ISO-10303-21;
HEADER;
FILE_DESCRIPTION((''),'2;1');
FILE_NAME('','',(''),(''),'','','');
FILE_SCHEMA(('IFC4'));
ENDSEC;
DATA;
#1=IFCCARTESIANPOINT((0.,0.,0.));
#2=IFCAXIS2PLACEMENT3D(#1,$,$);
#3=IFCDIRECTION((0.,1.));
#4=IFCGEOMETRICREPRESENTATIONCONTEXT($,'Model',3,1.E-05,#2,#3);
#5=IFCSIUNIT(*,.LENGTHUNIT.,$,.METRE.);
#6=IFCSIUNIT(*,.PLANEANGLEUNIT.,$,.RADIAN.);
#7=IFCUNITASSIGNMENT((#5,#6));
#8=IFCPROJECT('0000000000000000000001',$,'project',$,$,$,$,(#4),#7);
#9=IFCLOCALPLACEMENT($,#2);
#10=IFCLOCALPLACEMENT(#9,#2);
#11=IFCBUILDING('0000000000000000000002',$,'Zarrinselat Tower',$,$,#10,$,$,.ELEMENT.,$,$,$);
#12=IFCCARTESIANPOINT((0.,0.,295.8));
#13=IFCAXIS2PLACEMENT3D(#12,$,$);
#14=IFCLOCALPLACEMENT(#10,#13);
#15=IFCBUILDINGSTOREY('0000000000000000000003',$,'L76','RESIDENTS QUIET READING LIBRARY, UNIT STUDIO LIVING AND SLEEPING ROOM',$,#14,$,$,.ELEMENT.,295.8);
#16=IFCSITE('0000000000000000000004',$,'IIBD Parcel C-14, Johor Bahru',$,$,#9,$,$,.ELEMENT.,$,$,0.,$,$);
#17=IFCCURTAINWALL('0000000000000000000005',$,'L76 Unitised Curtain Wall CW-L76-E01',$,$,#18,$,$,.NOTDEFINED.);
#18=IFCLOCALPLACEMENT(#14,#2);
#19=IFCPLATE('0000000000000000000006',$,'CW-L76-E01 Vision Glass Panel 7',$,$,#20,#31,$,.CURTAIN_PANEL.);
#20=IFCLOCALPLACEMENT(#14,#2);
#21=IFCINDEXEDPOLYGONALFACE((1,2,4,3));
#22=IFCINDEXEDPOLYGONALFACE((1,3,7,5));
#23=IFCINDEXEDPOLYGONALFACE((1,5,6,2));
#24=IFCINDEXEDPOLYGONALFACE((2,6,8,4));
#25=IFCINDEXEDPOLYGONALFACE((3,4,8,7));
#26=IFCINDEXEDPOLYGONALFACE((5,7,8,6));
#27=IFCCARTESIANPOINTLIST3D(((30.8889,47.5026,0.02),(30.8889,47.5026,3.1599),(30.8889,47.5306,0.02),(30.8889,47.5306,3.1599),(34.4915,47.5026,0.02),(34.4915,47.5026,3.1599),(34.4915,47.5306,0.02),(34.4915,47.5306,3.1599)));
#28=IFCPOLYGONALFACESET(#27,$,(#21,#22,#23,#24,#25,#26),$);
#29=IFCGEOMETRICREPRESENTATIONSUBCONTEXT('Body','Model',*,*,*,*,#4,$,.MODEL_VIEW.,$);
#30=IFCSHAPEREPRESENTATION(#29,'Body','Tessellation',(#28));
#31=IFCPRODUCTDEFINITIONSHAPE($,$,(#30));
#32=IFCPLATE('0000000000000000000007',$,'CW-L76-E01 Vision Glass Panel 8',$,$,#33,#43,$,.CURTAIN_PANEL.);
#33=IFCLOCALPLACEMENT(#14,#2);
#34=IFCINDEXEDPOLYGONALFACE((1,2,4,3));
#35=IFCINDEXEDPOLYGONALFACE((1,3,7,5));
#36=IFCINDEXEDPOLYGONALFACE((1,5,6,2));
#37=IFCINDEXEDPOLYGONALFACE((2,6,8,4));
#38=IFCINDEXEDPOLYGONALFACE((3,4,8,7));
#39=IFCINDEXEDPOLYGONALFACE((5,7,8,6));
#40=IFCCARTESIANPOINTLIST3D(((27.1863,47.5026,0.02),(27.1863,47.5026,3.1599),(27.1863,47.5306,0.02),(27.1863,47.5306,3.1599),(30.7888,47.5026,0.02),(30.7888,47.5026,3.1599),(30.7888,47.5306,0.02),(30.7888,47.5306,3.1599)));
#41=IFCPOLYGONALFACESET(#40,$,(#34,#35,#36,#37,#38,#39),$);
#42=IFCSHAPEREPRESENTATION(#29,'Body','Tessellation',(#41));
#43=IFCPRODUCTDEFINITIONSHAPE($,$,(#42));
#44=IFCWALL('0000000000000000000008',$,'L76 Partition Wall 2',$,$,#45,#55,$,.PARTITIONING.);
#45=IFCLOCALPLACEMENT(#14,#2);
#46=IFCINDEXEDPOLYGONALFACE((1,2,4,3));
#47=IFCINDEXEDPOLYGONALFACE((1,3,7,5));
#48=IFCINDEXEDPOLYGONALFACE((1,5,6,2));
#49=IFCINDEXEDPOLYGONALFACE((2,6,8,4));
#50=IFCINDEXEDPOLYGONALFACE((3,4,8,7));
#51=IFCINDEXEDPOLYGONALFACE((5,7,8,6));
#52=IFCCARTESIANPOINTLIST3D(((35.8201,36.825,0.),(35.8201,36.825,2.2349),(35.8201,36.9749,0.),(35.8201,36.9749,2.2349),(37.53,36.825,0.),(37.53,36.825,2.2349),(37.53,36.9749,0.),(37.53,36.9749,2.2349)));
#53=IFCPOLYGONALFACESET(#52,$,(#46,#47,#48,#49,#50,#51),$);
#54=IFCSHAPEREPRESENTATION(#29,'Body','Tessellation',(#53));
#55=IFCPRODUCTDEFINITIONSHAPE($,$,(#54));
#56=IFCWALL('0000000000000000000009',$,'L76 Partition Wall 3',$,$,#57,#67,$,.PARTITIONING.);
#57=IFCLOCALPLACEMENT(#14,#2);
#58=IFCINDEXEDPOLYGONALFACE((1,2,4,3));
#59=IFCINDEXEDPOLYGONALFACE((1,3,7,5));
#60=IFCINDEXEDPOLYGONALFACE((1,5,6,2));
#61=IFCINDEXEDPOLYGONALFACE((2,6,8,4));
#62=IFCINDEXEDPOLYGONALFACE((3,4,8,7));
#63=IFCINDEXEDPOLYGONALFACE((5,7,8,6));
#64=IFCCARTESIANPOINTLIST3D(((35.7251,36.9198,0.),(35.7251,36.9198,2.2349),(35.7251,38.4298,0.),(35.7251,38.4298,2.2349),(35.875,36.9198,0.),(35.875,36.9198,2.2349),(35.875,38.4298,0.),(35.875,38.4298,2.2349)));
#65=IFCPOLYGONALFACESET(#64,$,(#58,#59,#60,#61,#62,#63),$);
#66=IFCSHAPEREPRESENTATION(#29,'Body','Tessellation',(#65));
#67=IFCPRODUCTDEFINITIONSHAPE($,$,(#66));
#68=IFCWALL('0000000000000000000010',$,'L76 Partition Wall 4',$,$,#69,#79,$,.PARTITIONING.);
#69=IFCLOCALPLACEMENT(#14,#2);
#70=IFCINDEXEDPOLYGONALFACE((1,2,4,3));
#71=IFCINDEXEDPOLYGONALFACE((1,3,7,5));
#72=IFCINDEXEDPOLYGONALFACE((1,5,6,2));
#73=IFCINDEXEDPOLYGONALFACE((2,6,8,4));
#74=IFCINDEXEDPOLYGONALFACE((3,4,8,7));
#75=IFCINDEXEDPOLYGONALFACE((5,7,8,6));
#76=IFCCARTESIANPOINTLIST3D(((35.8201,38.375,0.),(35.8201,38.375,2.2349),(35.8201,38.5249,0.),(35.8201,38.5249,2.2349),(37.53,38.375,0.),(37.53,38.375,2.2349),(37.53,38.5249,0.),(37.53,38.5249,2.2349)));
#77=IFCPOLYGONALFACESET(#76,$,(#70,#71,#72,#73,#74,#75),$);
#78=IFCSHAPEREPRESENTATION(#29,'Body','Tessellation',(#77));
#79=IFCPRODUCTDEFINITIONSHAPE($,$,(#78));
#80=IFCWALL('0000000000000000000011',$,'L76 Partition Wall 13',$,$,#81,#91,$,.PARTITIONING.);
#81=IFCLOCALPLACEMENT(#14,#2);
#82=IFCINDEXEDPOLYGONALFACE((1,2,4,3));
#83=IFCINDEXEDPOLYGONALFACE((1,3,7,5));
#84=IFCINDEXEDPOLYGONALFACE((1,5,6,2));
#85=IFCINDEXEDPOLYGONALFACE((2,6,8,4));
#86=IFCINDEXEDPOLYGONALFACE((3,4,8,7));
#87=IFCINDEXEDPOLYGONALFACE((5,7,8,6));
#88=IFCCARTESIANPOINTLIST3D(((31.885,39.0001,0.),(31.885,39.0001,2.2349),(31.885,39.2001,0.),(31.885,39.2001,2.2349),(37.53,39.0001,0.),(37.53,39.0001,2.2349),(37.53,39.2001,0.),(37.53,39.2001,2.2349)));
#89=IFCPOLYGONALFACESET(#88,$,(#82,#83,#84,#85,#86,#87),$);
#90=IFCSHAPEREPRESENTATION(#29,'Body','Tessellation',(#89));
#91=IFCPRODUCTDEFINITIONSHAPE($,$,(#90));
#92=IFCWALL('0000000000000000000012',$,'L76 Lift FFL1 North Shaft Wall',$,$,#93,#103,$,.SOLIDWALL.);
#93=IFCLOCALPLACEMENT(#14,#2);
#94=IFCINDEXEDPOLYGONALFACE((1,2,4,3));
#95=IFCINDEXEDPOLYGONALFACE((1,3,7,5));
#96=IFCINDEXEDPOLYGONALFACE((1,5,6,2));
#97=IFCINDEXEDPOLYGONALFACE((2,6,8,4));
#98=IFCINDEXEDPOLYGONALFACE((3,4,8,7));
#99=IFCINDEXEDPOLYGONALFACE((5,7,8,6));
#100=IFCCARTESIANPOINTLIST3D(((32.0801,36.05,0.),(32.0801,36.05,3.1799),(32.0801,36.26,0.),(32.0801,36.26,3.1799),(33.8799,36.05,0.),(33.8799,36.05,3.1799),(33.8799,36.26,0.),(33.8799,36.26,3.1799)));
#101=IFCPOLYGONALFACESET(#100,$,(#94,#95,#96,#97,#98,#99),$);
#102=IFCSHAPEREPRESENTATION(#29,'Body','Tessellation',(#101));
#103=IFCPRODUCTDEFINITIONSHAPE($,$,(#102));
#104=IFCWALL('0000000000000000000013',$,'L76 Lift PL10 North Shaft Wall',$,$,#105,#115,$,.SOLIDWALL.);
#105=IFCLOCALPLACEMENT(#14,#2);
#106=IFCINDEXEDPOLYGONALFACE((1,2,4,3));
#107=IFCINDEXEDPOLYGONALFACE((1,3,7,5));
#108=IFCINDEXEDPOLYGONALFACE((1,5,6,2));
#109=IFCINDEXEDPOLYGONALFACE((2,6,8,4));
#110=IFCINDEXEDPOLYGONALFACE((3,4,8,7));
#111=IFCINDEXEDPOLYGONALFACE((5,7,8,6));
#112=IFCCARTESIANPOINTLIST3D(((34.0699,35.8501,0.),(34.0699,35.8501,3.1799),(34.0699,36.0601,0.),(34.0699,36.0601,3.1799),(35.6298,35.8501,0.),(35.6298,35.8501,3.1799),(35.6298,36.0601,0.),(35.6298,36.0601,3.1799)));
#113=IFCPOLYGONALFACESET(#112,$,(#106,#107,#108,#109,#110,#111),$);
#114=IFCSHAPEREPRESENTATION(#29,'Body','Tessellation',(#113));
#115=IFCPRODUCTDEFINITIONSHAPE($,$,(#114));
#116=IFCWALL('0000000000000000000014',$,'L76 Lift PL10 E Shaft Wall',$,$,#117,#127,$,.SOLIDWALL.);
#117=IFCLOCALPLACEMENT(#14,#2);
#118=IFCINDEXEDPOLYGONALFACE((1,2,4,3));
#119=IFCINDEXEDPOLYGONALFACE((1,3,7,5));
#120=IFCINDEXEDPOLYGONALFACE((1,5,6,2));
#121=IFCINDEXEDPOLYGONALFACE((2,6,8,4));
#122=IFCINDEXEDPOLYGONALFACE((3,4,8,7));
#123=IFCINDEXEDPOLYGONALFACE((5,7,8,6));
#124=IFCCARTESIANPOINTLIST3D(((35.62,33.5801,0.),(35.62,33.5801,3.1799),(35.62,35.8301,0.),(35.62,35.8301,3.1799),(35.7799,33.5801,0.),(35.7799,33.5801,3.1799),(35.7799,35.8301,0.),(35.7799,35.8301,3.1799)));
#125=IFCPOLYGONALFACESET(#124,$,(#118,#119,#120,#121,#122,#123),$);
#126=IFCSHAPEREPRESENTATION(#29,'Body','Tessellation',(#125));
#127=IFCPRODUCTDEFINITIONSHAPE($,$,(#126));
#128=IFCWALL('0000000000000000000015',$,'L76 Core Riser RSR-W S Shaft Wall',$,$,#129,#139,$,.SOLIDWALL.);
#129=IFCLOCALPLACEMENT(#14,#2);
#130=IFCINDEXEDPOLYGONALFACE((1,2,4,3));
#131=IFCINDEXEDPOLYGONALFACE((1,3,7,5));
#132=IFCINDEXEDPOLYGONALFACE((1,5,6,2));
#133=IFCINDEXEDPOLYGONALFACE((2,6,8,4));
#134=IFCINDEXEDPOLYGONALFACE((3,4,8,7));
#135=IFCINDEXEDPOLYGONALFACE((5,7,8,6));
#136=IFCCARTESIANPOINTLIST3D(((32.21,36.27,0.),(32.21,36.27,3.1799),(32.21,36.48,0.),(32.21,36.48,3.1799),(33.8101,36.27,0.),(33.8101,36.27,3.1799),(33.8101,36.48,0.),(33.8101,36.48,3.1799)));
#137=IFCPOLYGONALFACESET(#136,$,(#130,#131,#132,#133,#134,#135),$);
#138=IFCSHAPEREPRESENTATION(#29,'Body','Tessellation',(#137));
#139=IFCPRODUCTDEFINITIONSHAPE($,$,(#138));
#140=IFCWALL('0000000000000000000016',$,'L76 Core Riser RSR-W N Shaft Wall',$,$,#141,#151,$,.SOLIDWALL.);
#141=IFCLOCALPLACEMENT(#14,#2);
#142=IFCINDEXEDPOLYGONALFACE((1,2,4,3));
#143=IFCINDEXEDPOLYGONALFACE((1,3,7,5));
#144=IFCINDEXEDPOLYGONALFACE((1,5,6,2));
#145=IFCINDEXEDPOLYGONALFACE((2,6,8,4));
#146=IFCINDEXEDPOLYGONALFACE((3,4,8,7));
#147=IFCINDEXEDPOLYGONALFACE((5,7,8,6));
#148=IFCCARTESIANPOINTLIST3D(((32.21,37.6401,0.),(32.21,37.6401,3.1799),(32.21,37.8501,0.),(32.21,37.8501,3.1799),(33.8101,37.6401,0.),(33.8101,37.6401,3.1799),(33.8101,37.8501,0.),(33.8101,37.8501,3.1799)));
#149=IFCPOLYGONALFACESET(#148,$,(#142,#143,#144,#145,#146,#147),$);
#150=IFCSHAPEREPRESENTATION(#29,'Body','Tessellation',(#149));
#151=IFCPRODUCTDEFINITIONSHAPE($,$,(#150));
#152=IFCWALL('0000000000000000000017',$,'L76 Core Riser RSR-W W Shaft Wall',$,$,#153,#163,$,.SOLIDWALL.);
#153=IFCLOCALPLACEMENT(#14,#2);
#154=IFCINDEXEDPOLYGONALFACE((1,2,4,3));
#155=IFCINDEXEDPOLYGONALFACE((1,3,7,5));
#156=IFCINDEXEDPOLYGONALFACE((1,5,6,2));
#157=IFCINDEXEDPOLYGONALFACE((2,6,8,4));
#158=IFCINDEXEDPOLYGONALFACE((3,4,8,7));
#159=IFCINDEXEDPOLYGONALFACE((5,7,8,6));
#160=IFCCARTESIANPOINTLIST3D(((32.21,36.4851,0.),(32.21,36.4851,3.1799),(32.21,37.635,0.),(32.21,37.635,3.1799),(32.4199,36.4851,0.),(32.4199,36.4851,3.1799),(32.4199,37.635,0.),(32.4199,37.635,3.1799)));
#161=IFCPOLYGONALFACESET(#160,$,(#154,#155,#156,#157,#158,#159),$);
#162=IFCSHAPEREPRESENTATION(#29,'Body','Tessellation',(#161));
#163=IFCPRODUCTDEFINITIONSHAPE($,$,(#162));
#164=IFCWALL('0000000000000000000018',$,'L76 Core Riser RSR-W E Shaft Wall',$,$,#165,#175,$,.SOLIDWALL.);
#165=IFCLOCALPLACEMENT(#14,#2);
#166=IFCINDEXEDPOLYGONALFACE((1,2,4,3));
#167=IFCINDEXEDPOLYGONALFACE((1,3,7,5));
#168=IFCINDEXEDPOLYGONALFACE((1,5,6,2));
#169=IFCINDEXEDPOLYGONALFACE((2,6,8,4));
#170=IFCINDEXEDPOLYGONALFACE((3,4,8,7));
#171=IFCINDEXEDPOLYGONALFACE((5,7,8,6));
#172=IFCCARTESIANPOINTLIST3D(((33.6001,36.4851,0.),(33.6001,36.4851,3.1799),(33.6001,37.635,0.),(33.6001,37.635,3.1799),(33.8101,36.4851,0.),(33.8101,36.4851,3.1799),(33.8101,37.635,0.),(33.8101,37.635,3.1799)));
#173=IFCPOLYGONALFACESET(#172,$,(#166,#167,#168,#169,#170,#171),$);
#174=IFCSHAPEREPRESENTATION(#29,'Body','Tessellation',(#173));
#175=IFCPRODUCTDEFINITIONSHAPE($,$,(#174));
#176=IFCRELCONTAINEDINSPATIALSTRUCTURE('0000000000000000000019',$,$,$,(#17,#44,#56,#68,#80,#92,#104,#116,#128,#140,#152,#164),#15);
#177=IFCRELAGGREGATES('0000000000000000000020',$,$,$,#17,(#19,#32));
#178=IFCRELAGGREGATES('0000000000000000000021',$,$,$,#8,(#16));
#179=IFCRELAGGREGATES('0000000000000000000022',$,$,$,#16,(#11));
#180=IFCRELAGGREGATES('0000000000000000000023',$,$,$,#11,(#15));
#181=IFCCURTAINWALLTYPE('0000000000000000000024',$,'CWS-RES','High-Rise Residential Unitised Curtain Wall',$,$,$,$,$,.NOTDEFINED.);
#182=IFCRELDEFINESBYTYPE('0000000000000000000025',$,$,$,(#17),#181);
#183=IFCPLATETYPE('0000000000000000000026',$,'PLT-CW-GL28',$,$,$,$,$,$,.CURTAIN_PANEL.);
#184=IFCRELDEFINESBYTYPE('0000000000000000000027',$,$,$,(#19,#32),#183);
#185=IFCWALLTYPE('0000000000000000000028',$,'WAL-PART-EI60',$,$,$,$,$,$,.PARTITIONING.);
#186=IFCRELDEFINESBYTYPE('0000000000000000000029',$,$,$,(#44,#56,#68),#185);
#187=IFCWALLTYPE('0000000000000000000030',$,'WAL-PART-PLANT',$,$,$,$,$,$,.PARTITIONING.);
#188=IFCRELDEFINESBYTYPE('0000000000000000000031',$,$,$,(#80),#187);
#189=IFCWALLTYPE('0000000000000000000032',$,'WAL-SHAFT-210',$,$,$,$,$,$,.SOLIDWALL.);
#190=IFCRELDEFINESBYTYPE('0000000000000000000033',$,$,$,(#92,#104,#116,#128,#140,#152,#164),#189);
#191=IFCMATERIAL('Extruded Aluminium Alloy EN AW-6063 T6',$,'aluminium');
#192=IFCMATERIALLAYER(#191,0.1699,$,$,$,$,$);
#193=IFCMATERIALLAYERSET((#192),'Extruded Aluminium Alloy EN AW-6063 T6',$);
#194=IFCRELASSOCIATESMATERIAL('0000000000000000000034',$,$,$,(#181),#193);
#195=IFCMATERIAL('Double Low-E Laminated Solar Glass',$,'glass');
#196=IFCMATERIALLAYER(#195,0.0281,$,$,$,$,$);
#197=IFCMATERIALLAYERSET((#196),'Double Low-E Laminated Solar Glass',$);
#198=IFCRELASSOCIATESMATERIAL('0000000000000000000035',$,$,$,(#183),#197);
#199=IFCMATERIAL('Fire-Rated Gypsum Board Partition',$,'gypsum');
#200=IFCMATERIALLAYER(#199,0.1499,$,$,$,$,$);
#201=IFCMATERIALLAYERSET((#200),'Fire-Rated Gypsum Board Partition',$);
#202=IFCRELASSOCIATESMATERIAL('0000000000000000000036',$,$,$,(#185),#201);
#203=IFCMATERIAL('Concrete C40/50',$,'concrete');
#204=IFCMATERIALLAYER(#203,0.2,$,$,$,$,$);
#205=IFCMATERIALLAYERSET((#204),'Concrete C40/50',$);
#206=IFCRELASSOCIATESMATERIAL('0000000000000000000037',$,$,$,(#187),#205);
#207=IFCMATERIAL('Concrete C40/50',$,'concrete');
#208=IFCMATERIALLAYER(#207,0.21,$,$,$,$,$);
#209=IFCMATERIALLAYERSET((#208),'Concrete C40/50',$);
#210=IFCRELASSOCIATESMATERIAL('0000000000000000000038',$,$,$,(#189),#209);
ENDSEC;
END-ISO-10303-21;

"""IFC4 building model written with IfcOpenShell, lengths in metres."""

from ifc_helpers import new_model, si_unit, direction, frame, frame_2d, origin, origin_2d, place, context, subcontext, project, spatial, rectangle, extrude, material, layer, layer_set, type_object, element, aggregate, save


model = new_model("IFC4")

# Units and contexts
model_context = context("Model", 3, precision=1e-05, world=origin(), true_north=direction((0.0, 1.0)))
body_context = subcontext(model_context, "Body", "Model", "MODEL_VIEW")
ifc_project = project(units=[si_unit("LENGTHUNIT", "METRE"), si_unit("PLANEANGLEUNIT", "RADIAN")], contexts=[model_context])

# Site, building, storey
site_placement = place(None, origin())
site = spatial("IfcSite", under=ifc_project, at=site_placement, Name="IIBD Parcel C-14, Johor Bahru", CompositionType="ELEMENT", RefElevation=0.0)
building_placement = place(site_placement, origin())
building = spatial("IfcBuilding", under=site, at=building_placement, Name="Zarrinselat Tower", CompositionType="ELEMENT")
storey_placement = place(building_placement, frame((0.0, 0.0, 295.8)))
storey = spatial("IfcBuildingStorey", under=building, at=storey_placement, Name="L76", Description="RESIDENTS QUIET READING LIBRARY, UNIT STUDIO LIVING AND SLEEPING ROOM", CompositionType="ELEMENT", Elevation=295.8)

# Curtain wall, plates
ifc_material_1 = material(Name="Extruded Aluminium Alloy EN AW-6063 T6", Category="aluminium")
ifc_layer_1 = layer(ifc_material_1, 0.1699)
ifc_layer_set_1 = layer_set([ifc_layer_1], Name="Extruded Aluminium Alloy EN AW-6063 T6")
curtain_wall_type = type_object("IfcCurtainWallType", Name="CWS-RES", Description="High-Rise Residential Unitised Curtain Wall", PredefinedType="NOTDEFINED", material=ifc_layer_set_1)
curtain_wall_placement = place(storey_placement, origin())
curtain_wall = element("IfcCurtainWall", 1, at=curtain_wall_placement, inside=storey, type_object=curtain_wall_type, Name="L76 Unitised Curtain Wall CW-L76-E01", PredefinedType="NOTDEFINED")
ifc_material_2 = material(Name="Double Low-E Laminated Solar Glass", Category="glass")
ifc_layer_2 = layer(ifc_material_2, 0.0281)
ifc_layer_set_2 = layer_set([ifc_layer_2], Name="Double Low-E Laminated Solar Glass")
plate_type = type_object("IfcPlateType", Name="PLT-CW-GL28", PredefinedType="CURTAIN_PANEL", material=ifc_layer_set_2)
plate_1_placement = place(storey_placement, frame((32.6902, 47.5166, 0.02), z_axis=(0.0, 0.0, 1.0), x_axis=(-1.0, 0.0, 0.0)))
plate_1 = element("IfcPlate", 2, at=plate_1_placement, type_object=plate_type, Name="CW-L76-E01 Vision Glass Panel 7", PredefinedType="CURTAIN_PANEL", context=body_context, shape_type="SweptSolid", body=[
    extrude(rectangle(XDim=3.6025, YDim=0.0281, at=origin_2d()), origin(), (0.0, 0.0, 1.0), 3.1399),
])
plate_2_placement = place(storey_placement, frame((28.9875, 47.5166, 0.02), z_axis=(0.0, 0.0, 1.0), x_axis=(-1.0, 0.0, 0.0)))
plate_2 = element("IfcPlate", 3, at=plate_2_placement, type_object=plate_type, Name="CW-L76-E01 Vision Glass Panel 8", PredefinedType="CURTAIN_PANEL", context=body_context, shape_type="SweptSolid", body=[
    extrude(rectangle(XDim=3.6025, YDim=0.0281, at=origin_2d()), origin(), (0.0, 0.0, 1.0), 3.1399),
])
aggregate(curtain_wall, [plate_1, plate_2])

# Walls
ifc_material_3 = material(Name="Fire-Rated Gypsum Board Partition", Category="gypsum")
ifc_layer_3 = layer(ifc_material_3, 0.1499)
ifc_layer_set_3 = layer_set([ifc_layer_3], Name="Fire-Rated Gypsum Board Partition")
wall_type_1 = type_object("IfcWallType", Name="WAL-PART-EI60", PredefinedType="PARTITIONING", material=ifc_layer_set_3)
wall_1_placement = place(storey_placement, frame((35.8201, 36.8999, 0.0), z_axis=(0.0, 0.0, 1.0), x_axis=(1.0, 0.0, 0.0)))
element("IfcWall", 4, at=wall_1_placement, inside=storey, type_object=wall_type_1, Name="L76 Partition Wall 2", PredefinedType="PARTITIONING", context=body_context, shape_type="SweptSolid", body=[
    extrude(rectangle(XDim=1.71, YDim=0.1499, at=frame_2d((0.855, 0.0))), origin(), (0.0, 0.0, 1.0), 2.2349),
])
wall_2_placement = place(storey_placement, frame((35.8, 36.9199, 0.0), z_axis=(0.0, 0.0, 1.0), x_axis=(0.0, 1.0, 0.0)))
element("IfcWall", 5, at=wall_2_placement, inside=storey, type_object=wall_type_1, Name="L76 Partition Wall 3", PredefinedType="PARTITIONING", context=body_context, shape_type="SweptSolid", body=[
    extrude(rectangle(XDim=1.51, YDim=0.1499, at=frame_2d((0.7549, 0.0))), origin(), (0.0, 0.0, 1.0), 2.2349),
])
wall_3_placement = place(storey_placement, frame((35.8201, 38.45, 0.0), z_axis=(0.0, 0.0, 1.0), x_axis=(1.0, 0.0, 0.0)))
element("IfcWall", 6, at=wall_3_placement, inside=storey, type_object=wall_type_1, Name="L76 Partition Wall 4", PredefinedType="PARTITIONING", context=body_context, shape_type="SweptSolid", body=[
    extrude(rectangle(XDim=1.71, YDim=0.1499, at=frame_2d((0.855, 0.0))), origin(), (0.0, 0.0, 1.0), 2.2349),
])
ifc_material_4 = material(Name="Concrete C40/50", Category="concrete")
ifc_layer_4 = layer(ifc_material_4, 0.2)
ifc_layer_set_4 = layer_set([ifc_layer_4], Name="Concrete C40/50")
wall_type_2 = type_object("IfcWallType", Name="WAL-PART-PLANT", PredefinedType="PARTITIONING", material=ifc_layer_set_4)
wall_4_placement = place(storey_placement, frame((31.885, 39.1001, 0.0), z_axis=(0.0, 0.0, 1.0), x_axis=(1.0, 0.0, 0.0)))
element("IfcWall", 7, at=wall_4_placement, inside=storey, type_object=wall_type_2, Name="L76 Partition Wall 13", PredefinedType="PARTITIONING", context=body_context, shape_type="SweptSolid", body=[
    extrude(rectangle(XDim=5.645, YDim=0.2, at=frame_2d((2.8225, 0.0))), origin(), (0.0, 0.0, 1.0), 2.2349),
])
ifc_material_5 = material(Name="Concrete C40/50", Category="concrete")
ifc_layer_5 = layer(ifc_material_5, 0.21)
ifc_layer_set_5 = layer_set([ifc_layer_5], Name="Concrete C40/50")
wall_type_3 = type_object("IfcWallType", Name="WAL-SHAFT-210", PredefinedType="SOLIDWALL", material=ifc_layer_set_5)
wall_5_placement = place(storey_placement, frame((32.0801, 36.155, 0.0), z_axis=(0.0, 0.0, 1.0), x_axis=(1.0, 0.0, 0.0)))
element("IfcWall", 8, at=wall_5_placement, inside=storey, type_object=wall_type_3, Name="L76 Lift FFL1 North Shaft Wall", PredefinedType="SOLIDWALL", context=body_context, shape_type="SweptSolid", body=[
    extrude(rectangle(XDim=1.7998, YDim=0.21, at=frame_2d((0.8999, 0.0))), origin(), (0.0, 0.0, 1.0), 3.1799),
])
wall_6_placement = place(storey_placement, frame((34.0701, 35.9551, 0.0), z_axis=(0.0, 0.0, 1.0), x_axis=(1.0, 0.0, 0.0)))
element("IfcWall", 9, at=wall_6_placement, inside=storey, type_object=wall_type_3, Name="L76 Lift PL10 North Shaft Wall", PredefinedType="SOLIDWALL", context=body_context, shape_type="SweptSolid", body=[
    extrude(rectangle(XDim=1.5598, YDim=0.21, at=frame_2d((0.7798, 0.0))), origin(), (0.0, 0.0, 1.0), 3.1799),
])
wall_7_placement = place(storey_placement, frame((35.7, 33.5801, 0.0), z_axis=(0.0, 0.0, 1.0), x_axis=(0.0, 1.0, 0.0)))
element("IfcWall", 10, at=wall_7_placement, inside=storey, type_object=wall_type_3, Name="L76 Lift PL10 E Shaft Wall", PredefinedType="SOLIDWALL", context=body_context, shape_type="SweptSolid", body=[
    extrude(rectangle(XDim=2.25, YDim=0.1599, at=frame_2d((1.125, 0.0))), origin(), (0.0, 0.0, 1.0), 3.1799),
])
for number, where, z_axis, x_axis, name in (
    (11, (32.21, 36.375, 0.0), (0.0, 0.0, 1.0), (1.0, 0.0, 0.0), "L76 Core Riser RSR-W S Shaft Wall"),
    (12, (32.21, 37.7451, 0.0), (0.0, 0.0, 1.0), (1.0, 0.0, 0.0), "L76 Core Riser RSR-W N Shaft Wall"),
):
    element("IfcWall", number, at=place(storey_placement, frame(where, z_axis=z_axis, x_axis=x_axis)), inside=storey, type_object=wall_type_3, Name=name, PredefinedType="SOLIDWALL", context=body_context, shape_type="SweptSolid", body=[
        extrude(rectangle(XDim=1.6001, YDim=0.21, at=frame_2d((0.8, 0.0))), origin(), (0.0, 0.0, 1.0), 3.1799),
    ])
for number, where, z_axis, x_axis, name in (
    (13, (32.3149, 36.4851, 0.0), (0.0, 0.0, 1.0), (0.0, 1.0, 0.0), "L76 Core Riser RSR-W W Shaft Wall"),
    (14, (33.7051, 36.4851, 0.0), (0.0, 0.0, 1.0), (0.0, 1.0, 0.0), "L76 Core Riser RSR-W E Shaft Wall"),
):
    element("IfcWall", number, at=place(storey_placement, frame(where, z_axis=z_axis, x_axis=x_axis)), inside=storey, type_object=wall_type_3, Name=name, PredefinedType="SOLIDWALL", context=body_context, shape_type="SweptSolid", body=[
        extrude(rectangle(XDim=1.1499, YDim=0.21, at=frame_2d((0.575, 0.0))), origin(), (0.0, 0.0, 1.0), 3.1799),
    ])

save(model, "model.ifc")
